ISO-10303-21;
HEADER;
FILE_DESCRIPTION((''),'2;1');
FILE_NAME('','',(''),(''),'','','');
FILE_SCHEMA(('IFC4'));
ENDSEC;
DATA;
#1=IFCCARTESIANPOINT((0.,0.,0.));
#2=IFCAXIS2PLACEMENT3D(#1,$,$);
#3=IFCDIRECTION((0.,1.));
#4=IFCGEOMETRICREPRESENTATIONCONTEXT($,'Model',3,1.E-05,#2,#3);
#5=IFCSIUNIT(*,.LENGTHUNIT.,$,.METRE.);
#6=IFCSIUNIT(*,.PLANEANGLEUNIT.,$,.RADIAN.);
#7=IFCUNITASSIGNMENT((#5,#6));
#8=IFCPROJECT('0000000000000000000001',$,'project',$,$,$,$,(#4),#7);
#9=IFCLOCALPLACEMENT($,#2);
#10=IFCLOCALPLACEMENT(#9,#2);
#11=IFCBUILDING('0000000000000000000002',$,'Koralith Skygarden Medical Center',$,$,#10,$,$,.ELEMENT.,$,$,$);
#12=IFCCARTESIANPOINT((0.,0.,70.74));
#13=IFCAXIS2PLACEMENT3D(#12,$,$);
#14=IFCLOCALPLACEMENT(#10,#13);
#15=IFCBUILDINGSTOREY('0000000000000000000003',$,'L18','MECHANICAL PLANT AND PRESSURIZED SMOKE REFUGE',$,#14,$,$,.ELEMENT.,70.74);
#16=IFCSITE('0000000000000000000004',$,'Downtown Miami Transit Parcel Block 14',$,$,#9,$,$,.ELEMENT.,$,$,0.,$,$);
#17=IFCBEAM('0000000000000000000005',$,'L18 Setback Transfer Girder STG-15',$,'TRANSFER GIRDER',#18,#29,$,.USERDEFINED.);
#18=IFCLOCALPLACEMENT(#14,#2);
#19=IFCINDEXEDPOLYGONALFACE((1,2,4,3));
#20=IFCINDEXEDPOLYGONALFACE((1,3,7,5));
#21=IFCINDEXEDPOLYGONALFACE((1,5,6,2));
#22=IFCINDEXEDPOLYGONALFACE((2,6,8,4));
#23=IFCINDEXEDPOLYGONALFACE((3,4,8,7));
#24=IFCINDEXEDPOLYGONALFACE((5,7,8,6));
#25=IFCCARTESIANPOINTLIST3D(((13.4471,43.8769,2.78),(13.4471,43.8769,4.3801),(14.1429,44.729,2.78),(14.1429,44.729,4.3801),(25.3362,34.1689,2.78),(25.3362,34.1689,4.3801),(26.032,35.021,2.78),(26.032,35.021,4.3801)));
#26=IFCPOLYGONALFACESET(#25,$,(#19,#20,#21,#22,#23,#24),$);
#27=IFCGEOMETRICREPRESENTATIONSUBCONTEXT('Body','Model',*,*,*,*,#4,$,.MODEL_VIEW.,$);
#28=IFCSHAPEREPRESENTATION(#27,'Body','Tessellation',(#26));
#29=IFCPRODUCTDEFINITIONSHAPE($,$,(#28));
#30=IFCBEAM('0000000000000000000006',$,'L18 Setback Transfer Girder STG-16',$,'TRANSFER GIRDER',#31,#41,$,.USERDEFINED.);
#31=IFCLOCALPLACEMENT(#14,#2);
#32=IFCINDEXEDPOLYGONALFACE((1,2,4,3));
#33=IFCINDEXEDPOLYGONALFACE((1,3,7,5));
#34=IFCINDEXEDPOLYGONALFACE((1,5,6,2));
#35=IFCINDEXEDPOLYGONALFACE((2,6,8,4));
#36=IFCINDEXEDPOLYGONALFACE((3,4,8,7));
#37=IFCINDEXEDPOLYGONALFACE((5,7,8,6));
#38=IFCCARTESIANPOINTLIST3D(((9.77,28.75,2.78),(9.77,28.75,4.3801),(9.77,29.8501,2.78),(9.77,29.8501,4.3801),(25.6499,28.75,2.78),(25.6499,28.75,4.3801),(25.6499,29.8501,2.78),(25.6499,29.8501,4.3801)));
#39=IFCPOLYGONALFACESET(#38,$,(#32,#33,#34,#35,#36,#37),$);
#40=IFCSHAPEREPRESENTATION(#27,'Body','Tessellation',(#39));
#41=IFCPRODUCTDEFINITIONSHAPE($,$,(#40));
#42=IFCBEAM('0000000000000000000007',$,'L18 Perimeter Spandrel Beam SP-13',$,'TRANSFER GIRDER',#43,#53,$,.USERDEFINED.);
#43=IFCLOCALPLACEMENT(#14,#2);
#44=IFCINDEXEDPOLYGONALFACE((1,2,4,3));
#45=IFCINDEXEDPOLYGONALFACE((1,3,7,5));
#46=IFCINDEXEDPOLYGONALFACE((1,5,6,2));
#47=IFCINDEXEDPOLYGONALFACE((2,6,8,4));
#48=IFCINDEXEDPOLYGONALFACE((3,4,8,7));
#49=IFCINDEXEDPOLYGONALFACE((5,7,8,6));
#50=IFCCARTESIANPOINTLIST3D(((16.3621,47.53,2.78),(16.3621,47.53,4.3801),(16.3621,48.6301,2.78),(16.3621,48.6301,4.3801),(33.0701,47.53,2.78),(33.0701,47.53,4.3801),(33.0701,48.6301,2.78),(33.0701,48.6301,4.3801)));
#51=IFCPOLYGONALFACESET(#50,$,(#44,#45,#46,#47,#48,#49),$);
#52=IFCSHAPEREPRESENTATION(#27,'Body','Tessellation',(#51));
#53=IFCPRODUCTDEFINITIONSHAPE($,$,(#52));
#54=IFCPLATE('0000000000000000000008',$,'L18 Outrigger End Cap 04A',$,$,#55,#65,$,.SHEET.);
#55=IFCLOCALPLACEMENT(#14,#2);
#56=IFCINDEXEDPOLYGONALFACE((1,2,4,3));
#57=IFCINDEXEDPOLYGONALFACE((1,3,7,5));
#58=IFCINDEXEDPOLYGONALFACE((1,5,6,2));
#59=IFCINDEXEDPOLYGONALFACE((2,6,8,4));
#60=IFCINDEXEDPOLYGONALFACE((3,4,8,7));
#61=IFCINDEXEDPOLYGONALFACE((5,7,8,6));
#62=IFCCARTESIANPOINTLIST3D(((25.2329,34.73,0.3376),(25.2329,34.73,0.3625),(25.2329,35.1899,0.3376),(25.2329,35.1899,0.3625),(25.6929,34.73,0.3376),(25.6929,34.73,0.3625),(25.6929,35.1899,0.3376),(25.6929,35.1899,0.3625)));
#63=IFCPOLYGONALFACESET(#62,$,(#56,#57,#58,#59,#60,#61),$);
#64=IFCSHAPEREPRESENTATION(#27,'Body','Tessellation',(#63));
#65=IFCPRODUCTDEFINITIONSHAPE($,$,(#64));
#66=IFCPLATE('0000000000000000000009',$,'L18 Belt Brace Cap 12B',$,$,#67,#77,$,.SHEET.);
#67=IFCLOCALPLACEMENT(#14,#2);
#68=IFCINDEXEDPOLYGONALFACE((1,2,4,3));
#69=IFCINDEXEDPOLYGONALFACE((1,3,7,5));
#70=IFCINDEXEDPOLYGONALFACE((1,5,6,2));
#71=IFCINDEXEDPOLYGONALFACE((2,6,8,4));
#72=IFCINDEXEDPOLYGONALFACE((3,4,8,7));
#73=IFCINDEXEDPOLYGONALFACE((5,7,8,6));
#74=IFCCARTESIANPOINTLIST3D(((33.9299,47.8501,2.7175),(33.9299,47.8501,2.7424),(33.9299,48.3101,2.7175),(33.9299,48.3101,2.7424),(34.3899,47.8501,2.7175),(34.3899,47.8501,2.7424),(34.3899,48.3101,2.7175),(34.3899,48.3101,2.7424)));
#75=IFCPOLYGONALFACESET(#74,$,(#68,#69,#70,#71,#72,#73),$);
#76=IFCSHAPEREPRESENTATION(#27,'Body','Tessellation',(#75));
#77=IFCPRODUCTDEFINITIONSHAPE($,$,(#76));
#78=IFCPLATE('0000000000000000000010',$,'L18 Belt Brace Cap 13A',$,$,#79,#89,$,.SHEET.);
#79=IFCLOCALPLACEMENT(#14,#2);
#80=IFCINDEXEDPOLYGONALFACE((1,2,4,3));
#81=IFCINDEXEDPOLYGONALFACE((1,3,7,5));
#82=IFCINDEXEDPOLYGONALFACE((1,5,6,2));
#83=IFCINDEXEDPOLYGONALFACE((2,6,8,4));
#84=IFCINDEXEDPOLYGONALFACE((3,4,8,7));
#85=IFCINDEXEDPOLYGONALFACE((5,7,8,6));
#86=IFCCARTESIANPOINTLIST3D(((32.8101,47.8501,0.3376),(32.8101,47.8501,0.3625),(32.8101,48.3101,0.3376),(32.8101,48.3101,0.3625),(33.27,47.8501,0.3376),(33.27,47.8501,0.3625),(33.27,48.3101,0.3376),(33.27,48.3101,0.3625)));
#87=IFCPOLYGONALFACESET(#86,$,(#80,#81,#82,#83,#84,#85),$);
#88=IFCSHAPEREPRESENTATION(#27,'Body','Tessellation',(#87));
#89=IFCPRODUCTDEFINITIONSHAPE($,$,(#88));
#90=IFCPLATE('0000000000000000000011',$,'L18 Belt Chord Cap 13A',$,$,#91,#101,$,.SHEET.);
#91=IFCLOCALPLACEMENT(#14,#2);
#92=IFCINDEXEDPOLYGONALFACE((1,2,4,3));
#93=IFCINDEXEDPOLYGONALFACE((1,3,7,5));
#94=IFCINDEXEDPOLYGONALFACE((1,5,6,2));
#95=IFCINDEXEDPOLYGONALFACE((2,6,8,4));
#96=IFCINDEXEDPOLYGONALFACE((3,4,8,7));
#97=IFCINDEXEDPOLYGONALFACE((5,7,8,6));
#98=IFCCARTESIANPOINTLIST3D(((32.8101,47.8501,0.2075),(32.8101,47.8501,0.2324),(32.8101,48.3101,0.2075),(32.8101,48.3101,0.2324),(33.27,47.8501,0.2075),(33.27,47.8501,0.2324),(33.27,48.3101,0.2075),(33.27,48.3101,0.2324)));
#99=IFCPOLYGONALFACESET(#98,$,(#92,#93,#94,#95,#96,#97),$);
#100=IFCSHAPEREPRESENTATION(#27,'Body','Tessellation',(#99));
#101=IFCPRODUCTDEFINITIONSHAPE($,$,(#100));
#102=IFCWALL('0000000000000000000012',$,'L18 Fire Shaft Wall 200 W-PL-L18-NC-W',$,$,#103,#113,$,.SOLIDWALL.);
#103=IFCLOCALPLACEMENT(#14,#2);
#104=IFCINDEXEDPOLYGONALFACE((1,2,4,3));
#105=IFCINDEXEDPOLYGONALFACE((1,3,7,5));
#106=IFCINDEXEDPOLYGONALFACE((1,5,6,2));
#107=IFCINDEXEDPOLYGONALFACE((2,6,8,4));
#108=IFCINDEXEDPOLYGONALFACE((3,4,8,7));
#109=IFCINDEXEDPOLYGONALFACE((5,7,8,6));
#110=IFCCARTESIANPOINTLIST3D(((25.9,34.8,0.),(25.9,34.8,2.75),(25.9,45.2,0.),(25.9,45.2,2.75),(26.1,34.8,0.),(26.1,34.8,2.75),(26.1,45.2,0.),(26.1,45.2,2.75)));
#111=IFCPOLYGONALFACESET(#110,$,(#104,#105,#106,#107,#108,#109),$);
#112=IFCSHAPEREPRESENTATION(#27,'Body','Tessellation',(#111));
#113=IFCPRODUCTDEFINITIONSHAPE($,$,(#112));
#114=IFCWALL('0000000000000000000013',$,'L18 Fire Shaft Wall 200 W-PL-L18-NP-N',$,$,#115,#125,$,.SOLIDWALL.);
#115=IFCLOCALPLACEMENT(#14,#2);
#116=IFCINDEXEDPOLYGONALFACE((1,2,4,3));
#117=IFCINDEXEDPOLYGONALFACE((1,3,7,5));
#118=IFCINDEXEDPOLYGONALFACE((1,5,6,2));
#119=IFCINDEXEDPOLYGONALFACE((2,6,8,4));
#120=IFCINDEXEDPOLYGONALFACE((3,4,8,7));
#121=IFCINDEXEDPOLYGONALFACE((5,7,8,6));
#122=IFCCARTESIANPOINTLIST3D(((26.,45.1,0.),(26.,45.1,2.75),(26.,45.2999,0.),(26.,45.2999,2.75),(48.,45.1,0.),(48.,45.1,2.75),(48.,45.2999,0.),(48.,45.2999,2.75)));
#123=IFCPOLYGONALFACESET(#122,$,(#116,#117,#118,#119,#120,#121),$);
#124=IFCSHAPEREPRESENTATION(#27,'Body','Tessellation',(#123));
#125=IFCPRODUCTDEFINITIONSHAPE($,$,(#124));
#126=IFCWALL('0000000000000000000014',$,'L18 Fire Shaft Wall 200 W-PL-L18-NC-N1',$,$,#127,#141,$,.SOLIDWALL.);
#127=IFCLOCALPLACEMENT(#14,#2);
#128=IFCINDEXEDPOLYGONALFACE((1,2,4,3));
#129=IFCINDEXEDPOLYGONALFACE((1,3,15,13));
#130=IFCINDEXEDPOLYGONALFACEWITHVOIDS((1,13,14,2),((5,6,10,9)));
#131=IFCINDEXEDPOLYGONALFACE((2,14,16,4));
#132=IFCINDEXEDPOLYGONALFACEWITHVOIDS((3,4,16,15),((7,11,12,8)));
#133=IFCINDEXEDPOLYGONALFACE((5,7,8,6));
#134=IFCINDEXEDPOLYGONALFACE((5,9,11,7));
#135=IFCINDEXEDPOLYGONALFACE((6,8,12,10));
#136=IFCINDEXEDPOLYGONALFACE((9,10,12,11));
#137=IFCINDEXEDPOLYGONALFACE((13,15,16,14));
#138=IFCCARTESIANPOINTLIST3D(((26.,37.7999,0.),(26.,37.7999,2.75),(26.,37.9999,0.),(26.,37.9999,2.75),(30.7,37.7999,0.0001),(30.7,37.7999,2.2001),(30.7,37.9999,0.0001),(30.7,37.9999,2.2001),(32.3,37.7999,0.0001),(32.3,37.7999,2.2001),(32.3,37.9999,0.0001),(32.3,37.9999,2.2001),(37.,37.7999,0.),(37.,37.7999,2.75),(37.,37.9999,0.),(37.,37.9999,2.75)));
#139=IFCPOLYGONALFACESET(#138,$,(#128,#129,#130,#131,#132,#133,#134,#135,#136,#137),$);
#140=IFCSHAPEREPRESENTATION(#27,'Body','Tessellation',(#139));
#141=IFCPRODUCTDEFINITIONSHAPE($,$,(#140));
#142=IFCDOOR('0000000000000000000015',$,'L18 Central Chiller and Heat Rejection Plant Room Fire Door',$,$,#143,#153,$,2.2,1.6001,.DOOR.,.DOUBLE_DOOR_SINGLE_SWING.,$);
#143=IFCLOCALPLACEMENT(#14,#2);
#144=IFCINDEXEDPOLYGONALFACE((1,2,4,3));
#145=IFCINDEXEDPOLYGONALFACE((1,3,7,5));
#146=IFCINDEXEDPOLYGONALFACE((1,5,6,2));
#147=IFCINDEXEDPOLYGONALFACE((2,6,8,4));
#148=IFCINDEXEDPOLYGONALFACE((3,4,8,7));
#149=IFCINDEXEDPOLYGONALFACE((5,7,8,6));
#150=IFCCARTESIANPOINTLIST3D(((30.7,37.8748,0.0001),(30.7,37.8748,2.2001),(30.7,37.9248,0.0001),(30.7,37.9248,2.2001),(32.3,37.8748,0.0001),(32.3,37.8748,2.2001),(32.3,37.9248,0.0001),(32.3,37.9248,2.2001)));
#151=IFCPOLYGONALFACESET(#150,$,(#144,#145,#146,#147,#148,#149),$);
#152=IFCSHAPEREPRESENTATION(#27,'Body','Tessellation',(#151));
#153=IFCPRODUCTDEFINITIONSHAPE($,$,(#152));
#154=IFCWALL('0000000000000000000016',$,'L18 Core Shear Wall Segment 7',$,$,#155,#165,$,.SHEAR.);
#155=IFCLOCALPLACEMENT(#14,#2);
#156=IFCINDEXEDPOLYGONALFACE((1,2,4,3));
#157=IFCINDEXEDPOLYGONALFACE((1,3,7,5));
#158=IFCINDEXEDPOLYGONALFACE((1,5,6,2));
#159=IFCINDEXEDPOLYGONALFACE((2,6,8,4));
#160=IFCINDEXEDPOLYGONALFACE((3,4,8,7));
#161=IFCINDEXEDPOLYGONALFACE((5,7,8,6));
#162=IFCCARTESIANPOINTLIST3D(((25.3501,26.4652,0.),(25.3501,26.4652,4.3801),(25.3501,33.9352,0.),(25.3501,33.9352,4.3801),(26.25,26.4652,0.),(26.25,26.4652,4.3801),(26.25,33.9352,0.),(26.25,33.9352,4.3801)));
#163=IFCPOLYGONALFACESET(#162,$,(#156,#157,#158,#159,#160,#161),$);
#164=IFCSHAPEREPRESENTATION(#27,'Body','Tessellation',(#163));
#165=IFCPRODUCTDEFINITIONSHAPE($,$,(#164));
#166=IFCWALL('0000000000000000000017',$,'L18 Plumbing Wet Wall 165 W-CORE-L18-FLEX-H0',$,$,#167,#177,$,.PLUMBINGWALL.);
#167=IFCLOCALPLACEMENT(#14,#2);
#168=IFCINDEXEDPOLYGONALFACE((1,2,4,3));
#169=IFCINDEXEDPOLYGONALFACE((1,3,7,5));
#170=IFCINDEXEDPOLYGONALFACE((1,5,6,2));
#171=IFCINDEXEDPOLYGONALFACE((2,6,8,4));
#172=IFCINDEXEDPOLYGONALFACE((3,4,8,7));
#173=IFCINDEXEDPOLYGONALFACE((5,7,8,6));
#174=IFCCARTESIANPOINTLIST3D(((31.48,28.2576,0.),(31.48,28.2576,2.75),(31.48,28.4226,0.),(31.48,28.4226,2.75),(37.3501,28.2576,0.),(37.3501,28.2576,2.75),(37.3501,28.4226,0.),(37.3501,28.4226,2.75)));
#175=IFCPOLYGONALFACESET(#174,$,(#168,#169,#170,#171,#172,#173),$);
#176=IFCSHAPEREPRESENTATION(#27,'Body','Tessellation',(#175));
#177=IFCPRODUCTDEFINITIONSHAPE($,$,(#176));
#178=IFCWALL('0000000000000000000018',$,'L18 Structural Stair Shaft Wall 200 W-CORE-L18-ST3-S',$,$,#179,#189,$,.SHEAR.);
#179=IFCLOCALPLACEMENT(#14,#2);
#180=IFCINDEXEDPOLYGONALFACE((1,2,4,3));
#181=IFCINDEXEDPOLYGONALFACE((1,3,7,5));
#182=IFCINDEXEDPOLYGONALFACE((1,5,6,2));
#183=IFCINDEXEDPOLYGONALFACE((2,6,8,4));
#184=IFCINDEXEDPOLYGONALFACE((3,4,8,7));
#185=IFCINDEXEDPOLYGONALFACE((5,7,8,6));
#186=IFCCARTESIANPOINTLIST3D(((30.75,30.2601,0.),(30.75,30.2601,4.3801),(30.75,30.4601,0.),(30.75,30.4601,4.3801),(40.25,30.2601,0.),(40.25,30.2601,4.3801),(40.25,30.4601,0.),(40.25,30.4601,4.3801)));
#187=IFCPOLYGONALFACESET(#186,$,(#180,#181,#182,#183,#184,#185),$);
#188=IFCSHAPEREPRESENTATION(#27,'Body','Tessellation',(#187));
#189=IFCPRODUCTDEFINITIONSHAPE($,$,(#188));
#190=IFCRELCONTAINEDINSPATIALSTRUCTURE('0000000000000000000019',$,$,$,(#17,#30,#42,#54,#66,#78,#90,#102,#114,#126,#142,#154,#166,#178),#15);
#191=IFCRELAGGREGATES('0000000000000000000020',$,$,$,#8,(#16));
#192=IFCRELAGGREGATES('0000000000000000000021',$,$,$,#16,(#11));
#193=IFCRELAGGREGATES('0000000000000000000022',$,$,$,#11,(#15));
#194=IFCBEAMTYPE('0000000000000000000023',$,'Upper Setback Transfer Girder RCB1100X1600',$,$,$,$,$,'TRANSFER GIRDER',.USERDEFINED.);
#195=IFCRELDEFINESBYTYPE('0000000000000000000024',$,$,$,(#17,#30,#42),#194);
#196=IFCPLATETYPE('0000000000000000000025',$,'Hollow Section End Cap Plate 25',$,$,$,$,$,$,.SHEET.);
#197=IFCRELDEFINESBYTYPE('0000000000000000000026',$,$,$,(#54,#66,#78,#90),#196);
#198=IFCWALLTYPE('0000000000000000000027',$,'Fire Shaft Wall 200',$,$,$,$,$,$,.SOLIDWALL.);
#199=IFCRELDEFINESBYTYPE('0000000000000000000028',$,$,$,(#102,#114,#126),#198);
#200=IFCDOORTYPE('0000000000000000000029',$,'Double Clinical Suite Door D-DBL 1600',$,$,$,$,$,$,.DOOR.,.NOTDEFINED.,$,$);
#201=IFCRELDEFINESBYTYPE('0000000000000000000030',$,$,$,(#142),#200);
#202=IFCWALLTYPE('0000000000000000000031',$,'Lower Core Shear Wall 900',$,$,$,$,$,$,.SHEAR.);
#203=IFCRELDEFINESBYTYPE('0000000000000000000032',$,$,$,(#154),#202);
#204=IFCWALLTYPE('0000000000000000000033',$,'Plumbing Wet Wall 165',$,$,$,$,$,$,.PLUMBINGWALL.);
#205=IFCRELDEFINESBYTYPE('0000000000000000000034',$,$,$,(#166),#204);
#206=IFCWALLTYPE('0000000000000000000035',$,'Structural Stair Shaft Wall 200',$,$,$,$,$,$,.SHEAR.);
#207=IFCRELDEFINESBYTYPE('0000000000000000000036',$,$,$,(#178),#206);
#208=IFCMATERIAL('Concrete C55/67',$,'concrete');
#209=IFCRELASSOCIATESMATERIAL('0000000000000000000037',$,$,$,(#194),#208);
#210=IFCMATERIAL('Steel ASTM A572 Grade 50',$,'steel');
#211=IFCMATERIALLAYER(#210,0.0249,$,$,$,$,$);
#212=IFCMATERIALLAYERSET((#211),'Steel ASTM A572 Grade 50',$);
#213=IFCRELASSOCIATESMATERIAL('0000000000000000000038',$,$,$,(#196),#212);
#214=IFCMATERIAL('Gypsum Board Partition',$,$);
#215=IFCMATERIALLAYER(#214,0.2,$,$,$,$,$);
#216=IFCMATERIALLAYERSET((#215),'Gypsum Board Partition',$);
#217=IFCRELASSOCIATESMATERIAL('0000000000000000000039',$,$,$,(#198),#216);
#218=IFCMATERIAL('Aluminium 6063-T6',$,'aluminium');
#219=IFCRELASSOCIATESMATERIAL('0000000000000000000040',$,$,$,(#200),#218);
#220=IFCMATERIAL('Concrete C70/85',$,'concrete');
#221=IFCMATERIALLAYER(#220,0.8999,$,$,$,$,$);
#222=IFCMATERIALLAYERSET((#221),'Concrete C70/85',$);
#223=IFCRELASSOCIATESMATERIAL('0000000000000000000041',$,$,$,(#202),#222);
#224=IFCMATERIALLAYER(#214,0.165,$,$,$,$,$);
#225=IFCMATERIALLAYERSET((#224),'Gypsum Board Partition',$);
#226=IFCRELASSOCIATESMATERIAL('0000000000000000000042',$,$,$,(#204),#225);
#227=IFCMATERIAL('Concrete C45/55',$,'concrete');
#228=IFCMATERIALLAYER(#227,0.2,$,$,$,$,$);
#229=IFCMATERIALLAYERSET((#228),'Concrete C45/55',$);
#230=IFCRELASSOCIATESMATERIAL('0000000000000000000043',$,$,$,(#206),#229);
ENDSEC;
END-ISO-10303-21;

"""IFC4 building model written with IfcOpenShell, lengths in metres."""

from ifc_helpers import new_model, si_unit, direction, frame, frame_2d, origin, origin_2d, place, context, subcontext, project, spatial, rectangle, extrude, material, layer, layer_set, material_profile, profile_set, type_object, element, fill, save


model = new_model("IFC4")

# Units and contexts
model_context = context("Model", 3, precision=1e-05, world=origin(), true_north=direction((0.0, 1.0)))
body_context = subcontext(model_context, "Body", "Model", "MODEL_VIEW")
ifc_project = project(units=[si_unit("LENGTHUNIT", "METRE"), si_unit("PLANEANGLEUNIT", "RADIAN")], contexts=[model_context])

# Site, building, storey
site_placement = place(None, origin())
site = spatial("IfcSite", under=ifc_project, at=site_placement, Name="Downtown Miami Transit Parcel Block 14", CompositionType="ELEMENT", RefElevation=0.0)
building_placement = place(site_placement, origin())
building = spatial("IfcBuilding", under=site, at=building_placement, Name="Koralith Skygarden Medical Center", CompositionType="ELEMENT")
storey_placement = place(building_placement, frame((0.0, 0.0, 70.74)))
storey = spatial("IfcBuildingStorey", under=building, at=storey_placement, Name="L18", Description="MECHANICAL PLANT AND PRESSURIZED SMOKE REFUGE", CompositionType="ELEMENT", Elevation=70.74)

# Shared definitions
ifc_material_1 = material(Name="Concrete C70/85", Category="concrete")

# Beams
ifc_material_2 = material(Name="Concrete C45/55", Category="concrete")
ifc_material_3 = material(Name="Concrete C55/67", Category="concrete")
ifc_material_profile_1 = material_profile(ifc_material_3, rectangle(XDim=1.1001, YDim=1.6001, at=origin_2d()), Name="RCB1100X1600")
ifc_profile_set_1 = profile_set([ifc_material_profile_1], Name="Concrete C55/67")
beam_type_1 = type_object("IfcBeamType", Name="Upper Setback Transfer Girder RCB1100X1600", ElementType="TRANSFER GIRDER", PredefinedType="USERDEFINED", material=ifc_profile_set_1)
beam_1_placement = place(storey_placement, frame((25.6841, 34.595, 3.5801), z_axis=(-0.774579, 0.632477, 0.0), x_axis=(-0.632477, -0.774579, 0.0)))
element("IfcBeam", 1, at=beam_1_placement, inside=storey, type_object=beam_type_1, Name="L18 Setback Transfer Girder STG-15", ObjectType="TRANSFER GIRDER", PredefinedType="USERDEFINED", context=body_context, shape_type="SweptSolid", body=[
    extrude(rectangle(XDim=1.1001, YDim=1.6001, at=origin_2d()), origin(), (0.0, 0.0, 1.0), 15.3491),
])
beam_2_placement = place(storey_placement, frame((25.6499, 29.3, 3.5801), z_axis=(-1.0, 0.0, 0.0), x_axis=(0.0, -1.0, 0.0)))
element("IfcBeam", 2, at=beam_2_placement, inside=storey, type_object=beam_type_1, Name="L18 Setback Transfer Girder STG-16", ObjectType="TRANSFER GIRDER", PredefinedType="USERDEFINED", context=body_context, shape_type="SweptSolid", body=[
    extrude(rectangle(XDim=1.1001, YDim=1.6001, at=origin_2d()), origin(), (0.0, 0.0, 1.0), 15.8799),
])
beam_3_placement = place(storey_placement, frame((33.0701, 48.0801, 3.5801), z_axis=(-1.0, 0.0, 0.0), x_axis=(0.0, -1.0, 0.0)))
element("IfcBeam", 3, at=beam_3_placement, inside=storey, type_object=beam_type_1, Name="L18 Perimeter Spandrel Beam SP-13", ObjectType="TRANSFER GIRDER", PredefinedType="USERDEFINED", context=body_context, shape_type="SweptSolid", body=[
    extrude(rectangle(XDim=1.1001, YDim=1.6001, at=origin_2d()), origin(), (0.0, 0.0, 1.0), 16.708),
])

# Plates
ifc_material_4 = material(Name="Steel ASTM A572 Grade 50", Category="steel")
ifc_layer_1 = layer(ifc_material_4, 0.0249)
ifc_layer_set_1 = layer_set([ifc_layer_1], Name="Steel ASTM A572 Grade 50")
plate_type = type_object("IfcPlateType", Name="Hollow Section End Cap Plate 25", PredefinedType="SHEET", material=ifc_layer_set_1)
for number, where, z_axis, x_axis, name in (
    (4, (25.4629, 34.96, 0.3376), (0.0, 0.0, 1.0), (1.0, 0.0, 0.0), "L18 Outrigger End Cap 04A"),
    (5, (34.1599, 48.0801, 2.7175), (0.0, 0.0, 1.0), (1.0, 0.0, 0.0), "L18 Belt Brace Cap 12B"),
    (6, (33.04, 48.0801, 0.3376), (0.0, 0.0, 1.0), (1.0, 0.0, 0.0), "L18 Belt Brace Cap 13A"),
    (7, (33.04, 48.0801, 0.2075), (0.0, 0.0, 1.0), (1.0, 0.0, 0.0), "L18 Belt Chord Cap 13A"),
):
    element("IfcPlate", number, at=place(storey_placement, frame(where, z_axis=z_axis, x_axis=x_axis)), inside=storey, type_object=plate_type, Name=name, PredefinedType="SHEET", context=body_context, shape_type="SweptSolid", body=[
        extrude(rectangle(XDim=0.46, YDim=0.46, at=origin_2d()), origin(), (0.0, 0.0, 1.0), 0.0249),
    ])

# Walls
ifc_material_5 = material(Name="Gypsum Board Partition")
ifc_layer_2 = layer(ifc_material_5, 0.2)
ifc_layer_set_2 = layer_set([ifc_layer_2], Name="Gypsum Board Partition")
wall_type_1 = type_object("IfcWallType", Name="Fire Shaft Wall 200", PredefinedType="SOLIDWALL", material=ifc_layer_set_2)
wall_1_placement = place(storey_placement, frame((26.0, 34.8, 0.0), z_axis=(0.0, 0.0, 1.0), x_axis=(0.0, 1.0, 0.0)))
element("IfcWall", 8, at=wall_1_placement, inside=storey, type_object=wall_type_1, Name="L18 Fire Shaft Wall 200 W-PL-L18-NC-W", PredefinedType="SOLIDWALL", context=body_context, shape_type="SweptSolid", body=[
    extrude(rectangle(XDim=10.3999, YDim=0.2, at=frame_2d((5.2, 0.0))), origin(), (0.0, 0.0, 1.0), 2.75),
])
wall_2_placement = place(storey_placement, frame((26.0, 45.2, 0.0), z_axis=(0.0, 0.0, 1.0), x_axis=(1.0, 0.0, 0.0)))
element("IfcWall", 9, at=wall_2_placement, inside=storey, type_object=wall_type_1, Name="L18 Fire Shaft Wall 200 W-PL-L18-NP-N", PredefinedType="SOLIDWALL", context=body_context, shape_type="SweptSolid", body=[
    extrude(rectangle(XDim=22.0, YDim=0.2, at=frame_2d((11.0, 0.0))), origin(), (0.0, 0.0, 1.0), 2.75),
])

# Wall, opening, door
wall_3_placement = place(storey_placement, frame((26.0, 37.8999, 0.0), z_axis=(0.0, 0.0, 1.0), x_axis=(1.0, 0.0, 0.0)))
wall_3 = element("IfcWall", 10, at=wall_3_placement, inside=storey, type_object=wall_type_1, Name="L18 Fire Shaft Wall 200 W-PL-L18-NC-N1", PredefinedType="SOLIDWALL", context=body_context, shape_type="SweptSolid", body=[
    extrude(rectangle(XDim=11.0, YDim=0.2, at=frame_2d((5.5, 0.0))), origin(), (0.0, 0.0, 1.0), 2.75),
])
opening_placement = place(wall_3_placement, frame((4.7, 0.0, 0.0)))
opening = element("IfcOpeningElement", 11, at=opening_placement, cuts=wall_3, PredefinedType="OPENING", context=body_context, shape_type="SweptSolid", body=[
    extrude(rectangle(XDim=1.6001, YDim=2.2, at=frame_2d((0.8, 1.1001))), frame((0.0, 0.1099, 0.0), z_axis=(0.0, -1.0, 0.0), x_axis=(1.0, 0.0, 0.0)), (0.0, 0.0, 1.0), 0.22),
])
ifc_material_6 = material(Name="Aluminium 6063-T6", Category="aluminium")
door_type = type_object("IfcDoorType", Name="Double Clinical Suite Door D-DBL 1600", OperationType="NOTDEFINED", PredefinedType="DOOR", material=ifc_material_6)
door_placement = place(opening_placement, origin())
door = element("IfcDoor", 12, at=door_placement, inside=storey, type_object=door_type, Name="L18 Central Chiller and Heat Rejection Plant Room Fire Door", OperationType="DOUBLE_DOOR_SINGLE_SWING", OverallHeight=2.2, OverallWidth=1.6001, PredefinedType="DOOR", context=body_context, shape_type="SweptSolid", body=[
    extrude(rectangle(XDim=1.6001, YDim=2.2, at=frame_2d((0.8, 1.1001))), frame((0.0, 0.0249, 0.0), z_axis=(0.0, -1.0, 0.0), x_axis=(1.0, 0.0, 0.0)), (0.0, 0.0, 1.0), 0.05),
])
fill(opening, door)

# Walls
ifc_layer_3 = layer(ifc_material_1, 0.8999)
ifc_layer_set_3 = layer_set([ifc_layer_3], Name="Concrete C70/85")
wall_type_2 = type_object("IfcWallType", Name="Lower Core Shear Wall 900", PredefinedType="SHEAR", material=ifc_layer_set_3)
wall_4_placement = place(storey_placement, frame((25.8, 33.9351, 0.0), z_axis=(0.0, 0.0, 1.0), x_axis=(0.0, -1.0, 0.0)))
element("IfcWall", 13, at=wall_4_placement, inside=storey, type_object=wall_type_2, Name="L18 Core Shear Wall Segment 7", PredefinedType="SHEAR", context=body_context, shape_type="SweptSolid", body=[
    extrude(rectangle(XDim=7.47, YDim=0.8999, at=frame_2d((3.7349, 0.0))), origin(), (0.0, 0.0, 1.0), 4.3801),
])
ifc_layer_4 = layer(ifc_material_5, 0.165)
ifc_layer_set_4 = layer_set([ifc_layer_4], Name="Gypsum Board Partition")
wall_type_3 = type_object("IfcWallType", Name="Plumbing Wet Wall 165", PredefinedType="PLUMBINGWALL", material=ifc_layer_set_4)
wall_5_placement = place(storey_placement, frame((31.48, 28.3401, 0.0), z_axis=(0.0, 0.0, 1.0), x_axis=(1.0, 0.0, 0.0)))
element("IfcWall", 14, at=wall_5_placement, inside=storey, type_object=wall_type_3, Name="L18 Plumbing Wet Wall 165 W-CORE-L18-FLEX-H0", PredefinedType="PLUMBINGWALL", context=body_context, shape_type="SweptSolid", body=[
    extrude(rectangle(XDim=5.8701, YDim=0.165, at=frame_2d((2.9351, 0.0))), origin(), (0.0, 0.0, 1.0), 2.75),
])
ifc_layer_5 = layer(ifc_material_2, 0.2)
ifc_layer_set_5 = layer_set([ifc_layer_5], Name="Concrete C45/55")
wall_type_4 = type_object("IfcWallType", Name="Structural Stair Shaft Wall 200", PredefinedType="SHEAR", material=ifc_layer_set_5)
wall_6_placement = place(storey_placement, frame((30.75, 30.3601, 0.0), z_axis=(0.0, 0.0, 1.0), x_axis=(1.0, 0.0, 0.0)))
element("IfcWall", 15, at=wall_6_placement, inside=storey, type_object=wall_type_4, Name="L18 Structural Stair Shaft Wall 200 W-CORE-L18-ST3-S", PredefinedType="SHEAR", context=body_context, shape_type="SweptSolid", body=[
    extrude(rectangle(XDim=9.5, YDim=0.2, at=frame_2d((4.75, 0.0))), origin(), (0.0, 0.0, 1.0), 4.3801),
])

save(model, "model.ifc")
